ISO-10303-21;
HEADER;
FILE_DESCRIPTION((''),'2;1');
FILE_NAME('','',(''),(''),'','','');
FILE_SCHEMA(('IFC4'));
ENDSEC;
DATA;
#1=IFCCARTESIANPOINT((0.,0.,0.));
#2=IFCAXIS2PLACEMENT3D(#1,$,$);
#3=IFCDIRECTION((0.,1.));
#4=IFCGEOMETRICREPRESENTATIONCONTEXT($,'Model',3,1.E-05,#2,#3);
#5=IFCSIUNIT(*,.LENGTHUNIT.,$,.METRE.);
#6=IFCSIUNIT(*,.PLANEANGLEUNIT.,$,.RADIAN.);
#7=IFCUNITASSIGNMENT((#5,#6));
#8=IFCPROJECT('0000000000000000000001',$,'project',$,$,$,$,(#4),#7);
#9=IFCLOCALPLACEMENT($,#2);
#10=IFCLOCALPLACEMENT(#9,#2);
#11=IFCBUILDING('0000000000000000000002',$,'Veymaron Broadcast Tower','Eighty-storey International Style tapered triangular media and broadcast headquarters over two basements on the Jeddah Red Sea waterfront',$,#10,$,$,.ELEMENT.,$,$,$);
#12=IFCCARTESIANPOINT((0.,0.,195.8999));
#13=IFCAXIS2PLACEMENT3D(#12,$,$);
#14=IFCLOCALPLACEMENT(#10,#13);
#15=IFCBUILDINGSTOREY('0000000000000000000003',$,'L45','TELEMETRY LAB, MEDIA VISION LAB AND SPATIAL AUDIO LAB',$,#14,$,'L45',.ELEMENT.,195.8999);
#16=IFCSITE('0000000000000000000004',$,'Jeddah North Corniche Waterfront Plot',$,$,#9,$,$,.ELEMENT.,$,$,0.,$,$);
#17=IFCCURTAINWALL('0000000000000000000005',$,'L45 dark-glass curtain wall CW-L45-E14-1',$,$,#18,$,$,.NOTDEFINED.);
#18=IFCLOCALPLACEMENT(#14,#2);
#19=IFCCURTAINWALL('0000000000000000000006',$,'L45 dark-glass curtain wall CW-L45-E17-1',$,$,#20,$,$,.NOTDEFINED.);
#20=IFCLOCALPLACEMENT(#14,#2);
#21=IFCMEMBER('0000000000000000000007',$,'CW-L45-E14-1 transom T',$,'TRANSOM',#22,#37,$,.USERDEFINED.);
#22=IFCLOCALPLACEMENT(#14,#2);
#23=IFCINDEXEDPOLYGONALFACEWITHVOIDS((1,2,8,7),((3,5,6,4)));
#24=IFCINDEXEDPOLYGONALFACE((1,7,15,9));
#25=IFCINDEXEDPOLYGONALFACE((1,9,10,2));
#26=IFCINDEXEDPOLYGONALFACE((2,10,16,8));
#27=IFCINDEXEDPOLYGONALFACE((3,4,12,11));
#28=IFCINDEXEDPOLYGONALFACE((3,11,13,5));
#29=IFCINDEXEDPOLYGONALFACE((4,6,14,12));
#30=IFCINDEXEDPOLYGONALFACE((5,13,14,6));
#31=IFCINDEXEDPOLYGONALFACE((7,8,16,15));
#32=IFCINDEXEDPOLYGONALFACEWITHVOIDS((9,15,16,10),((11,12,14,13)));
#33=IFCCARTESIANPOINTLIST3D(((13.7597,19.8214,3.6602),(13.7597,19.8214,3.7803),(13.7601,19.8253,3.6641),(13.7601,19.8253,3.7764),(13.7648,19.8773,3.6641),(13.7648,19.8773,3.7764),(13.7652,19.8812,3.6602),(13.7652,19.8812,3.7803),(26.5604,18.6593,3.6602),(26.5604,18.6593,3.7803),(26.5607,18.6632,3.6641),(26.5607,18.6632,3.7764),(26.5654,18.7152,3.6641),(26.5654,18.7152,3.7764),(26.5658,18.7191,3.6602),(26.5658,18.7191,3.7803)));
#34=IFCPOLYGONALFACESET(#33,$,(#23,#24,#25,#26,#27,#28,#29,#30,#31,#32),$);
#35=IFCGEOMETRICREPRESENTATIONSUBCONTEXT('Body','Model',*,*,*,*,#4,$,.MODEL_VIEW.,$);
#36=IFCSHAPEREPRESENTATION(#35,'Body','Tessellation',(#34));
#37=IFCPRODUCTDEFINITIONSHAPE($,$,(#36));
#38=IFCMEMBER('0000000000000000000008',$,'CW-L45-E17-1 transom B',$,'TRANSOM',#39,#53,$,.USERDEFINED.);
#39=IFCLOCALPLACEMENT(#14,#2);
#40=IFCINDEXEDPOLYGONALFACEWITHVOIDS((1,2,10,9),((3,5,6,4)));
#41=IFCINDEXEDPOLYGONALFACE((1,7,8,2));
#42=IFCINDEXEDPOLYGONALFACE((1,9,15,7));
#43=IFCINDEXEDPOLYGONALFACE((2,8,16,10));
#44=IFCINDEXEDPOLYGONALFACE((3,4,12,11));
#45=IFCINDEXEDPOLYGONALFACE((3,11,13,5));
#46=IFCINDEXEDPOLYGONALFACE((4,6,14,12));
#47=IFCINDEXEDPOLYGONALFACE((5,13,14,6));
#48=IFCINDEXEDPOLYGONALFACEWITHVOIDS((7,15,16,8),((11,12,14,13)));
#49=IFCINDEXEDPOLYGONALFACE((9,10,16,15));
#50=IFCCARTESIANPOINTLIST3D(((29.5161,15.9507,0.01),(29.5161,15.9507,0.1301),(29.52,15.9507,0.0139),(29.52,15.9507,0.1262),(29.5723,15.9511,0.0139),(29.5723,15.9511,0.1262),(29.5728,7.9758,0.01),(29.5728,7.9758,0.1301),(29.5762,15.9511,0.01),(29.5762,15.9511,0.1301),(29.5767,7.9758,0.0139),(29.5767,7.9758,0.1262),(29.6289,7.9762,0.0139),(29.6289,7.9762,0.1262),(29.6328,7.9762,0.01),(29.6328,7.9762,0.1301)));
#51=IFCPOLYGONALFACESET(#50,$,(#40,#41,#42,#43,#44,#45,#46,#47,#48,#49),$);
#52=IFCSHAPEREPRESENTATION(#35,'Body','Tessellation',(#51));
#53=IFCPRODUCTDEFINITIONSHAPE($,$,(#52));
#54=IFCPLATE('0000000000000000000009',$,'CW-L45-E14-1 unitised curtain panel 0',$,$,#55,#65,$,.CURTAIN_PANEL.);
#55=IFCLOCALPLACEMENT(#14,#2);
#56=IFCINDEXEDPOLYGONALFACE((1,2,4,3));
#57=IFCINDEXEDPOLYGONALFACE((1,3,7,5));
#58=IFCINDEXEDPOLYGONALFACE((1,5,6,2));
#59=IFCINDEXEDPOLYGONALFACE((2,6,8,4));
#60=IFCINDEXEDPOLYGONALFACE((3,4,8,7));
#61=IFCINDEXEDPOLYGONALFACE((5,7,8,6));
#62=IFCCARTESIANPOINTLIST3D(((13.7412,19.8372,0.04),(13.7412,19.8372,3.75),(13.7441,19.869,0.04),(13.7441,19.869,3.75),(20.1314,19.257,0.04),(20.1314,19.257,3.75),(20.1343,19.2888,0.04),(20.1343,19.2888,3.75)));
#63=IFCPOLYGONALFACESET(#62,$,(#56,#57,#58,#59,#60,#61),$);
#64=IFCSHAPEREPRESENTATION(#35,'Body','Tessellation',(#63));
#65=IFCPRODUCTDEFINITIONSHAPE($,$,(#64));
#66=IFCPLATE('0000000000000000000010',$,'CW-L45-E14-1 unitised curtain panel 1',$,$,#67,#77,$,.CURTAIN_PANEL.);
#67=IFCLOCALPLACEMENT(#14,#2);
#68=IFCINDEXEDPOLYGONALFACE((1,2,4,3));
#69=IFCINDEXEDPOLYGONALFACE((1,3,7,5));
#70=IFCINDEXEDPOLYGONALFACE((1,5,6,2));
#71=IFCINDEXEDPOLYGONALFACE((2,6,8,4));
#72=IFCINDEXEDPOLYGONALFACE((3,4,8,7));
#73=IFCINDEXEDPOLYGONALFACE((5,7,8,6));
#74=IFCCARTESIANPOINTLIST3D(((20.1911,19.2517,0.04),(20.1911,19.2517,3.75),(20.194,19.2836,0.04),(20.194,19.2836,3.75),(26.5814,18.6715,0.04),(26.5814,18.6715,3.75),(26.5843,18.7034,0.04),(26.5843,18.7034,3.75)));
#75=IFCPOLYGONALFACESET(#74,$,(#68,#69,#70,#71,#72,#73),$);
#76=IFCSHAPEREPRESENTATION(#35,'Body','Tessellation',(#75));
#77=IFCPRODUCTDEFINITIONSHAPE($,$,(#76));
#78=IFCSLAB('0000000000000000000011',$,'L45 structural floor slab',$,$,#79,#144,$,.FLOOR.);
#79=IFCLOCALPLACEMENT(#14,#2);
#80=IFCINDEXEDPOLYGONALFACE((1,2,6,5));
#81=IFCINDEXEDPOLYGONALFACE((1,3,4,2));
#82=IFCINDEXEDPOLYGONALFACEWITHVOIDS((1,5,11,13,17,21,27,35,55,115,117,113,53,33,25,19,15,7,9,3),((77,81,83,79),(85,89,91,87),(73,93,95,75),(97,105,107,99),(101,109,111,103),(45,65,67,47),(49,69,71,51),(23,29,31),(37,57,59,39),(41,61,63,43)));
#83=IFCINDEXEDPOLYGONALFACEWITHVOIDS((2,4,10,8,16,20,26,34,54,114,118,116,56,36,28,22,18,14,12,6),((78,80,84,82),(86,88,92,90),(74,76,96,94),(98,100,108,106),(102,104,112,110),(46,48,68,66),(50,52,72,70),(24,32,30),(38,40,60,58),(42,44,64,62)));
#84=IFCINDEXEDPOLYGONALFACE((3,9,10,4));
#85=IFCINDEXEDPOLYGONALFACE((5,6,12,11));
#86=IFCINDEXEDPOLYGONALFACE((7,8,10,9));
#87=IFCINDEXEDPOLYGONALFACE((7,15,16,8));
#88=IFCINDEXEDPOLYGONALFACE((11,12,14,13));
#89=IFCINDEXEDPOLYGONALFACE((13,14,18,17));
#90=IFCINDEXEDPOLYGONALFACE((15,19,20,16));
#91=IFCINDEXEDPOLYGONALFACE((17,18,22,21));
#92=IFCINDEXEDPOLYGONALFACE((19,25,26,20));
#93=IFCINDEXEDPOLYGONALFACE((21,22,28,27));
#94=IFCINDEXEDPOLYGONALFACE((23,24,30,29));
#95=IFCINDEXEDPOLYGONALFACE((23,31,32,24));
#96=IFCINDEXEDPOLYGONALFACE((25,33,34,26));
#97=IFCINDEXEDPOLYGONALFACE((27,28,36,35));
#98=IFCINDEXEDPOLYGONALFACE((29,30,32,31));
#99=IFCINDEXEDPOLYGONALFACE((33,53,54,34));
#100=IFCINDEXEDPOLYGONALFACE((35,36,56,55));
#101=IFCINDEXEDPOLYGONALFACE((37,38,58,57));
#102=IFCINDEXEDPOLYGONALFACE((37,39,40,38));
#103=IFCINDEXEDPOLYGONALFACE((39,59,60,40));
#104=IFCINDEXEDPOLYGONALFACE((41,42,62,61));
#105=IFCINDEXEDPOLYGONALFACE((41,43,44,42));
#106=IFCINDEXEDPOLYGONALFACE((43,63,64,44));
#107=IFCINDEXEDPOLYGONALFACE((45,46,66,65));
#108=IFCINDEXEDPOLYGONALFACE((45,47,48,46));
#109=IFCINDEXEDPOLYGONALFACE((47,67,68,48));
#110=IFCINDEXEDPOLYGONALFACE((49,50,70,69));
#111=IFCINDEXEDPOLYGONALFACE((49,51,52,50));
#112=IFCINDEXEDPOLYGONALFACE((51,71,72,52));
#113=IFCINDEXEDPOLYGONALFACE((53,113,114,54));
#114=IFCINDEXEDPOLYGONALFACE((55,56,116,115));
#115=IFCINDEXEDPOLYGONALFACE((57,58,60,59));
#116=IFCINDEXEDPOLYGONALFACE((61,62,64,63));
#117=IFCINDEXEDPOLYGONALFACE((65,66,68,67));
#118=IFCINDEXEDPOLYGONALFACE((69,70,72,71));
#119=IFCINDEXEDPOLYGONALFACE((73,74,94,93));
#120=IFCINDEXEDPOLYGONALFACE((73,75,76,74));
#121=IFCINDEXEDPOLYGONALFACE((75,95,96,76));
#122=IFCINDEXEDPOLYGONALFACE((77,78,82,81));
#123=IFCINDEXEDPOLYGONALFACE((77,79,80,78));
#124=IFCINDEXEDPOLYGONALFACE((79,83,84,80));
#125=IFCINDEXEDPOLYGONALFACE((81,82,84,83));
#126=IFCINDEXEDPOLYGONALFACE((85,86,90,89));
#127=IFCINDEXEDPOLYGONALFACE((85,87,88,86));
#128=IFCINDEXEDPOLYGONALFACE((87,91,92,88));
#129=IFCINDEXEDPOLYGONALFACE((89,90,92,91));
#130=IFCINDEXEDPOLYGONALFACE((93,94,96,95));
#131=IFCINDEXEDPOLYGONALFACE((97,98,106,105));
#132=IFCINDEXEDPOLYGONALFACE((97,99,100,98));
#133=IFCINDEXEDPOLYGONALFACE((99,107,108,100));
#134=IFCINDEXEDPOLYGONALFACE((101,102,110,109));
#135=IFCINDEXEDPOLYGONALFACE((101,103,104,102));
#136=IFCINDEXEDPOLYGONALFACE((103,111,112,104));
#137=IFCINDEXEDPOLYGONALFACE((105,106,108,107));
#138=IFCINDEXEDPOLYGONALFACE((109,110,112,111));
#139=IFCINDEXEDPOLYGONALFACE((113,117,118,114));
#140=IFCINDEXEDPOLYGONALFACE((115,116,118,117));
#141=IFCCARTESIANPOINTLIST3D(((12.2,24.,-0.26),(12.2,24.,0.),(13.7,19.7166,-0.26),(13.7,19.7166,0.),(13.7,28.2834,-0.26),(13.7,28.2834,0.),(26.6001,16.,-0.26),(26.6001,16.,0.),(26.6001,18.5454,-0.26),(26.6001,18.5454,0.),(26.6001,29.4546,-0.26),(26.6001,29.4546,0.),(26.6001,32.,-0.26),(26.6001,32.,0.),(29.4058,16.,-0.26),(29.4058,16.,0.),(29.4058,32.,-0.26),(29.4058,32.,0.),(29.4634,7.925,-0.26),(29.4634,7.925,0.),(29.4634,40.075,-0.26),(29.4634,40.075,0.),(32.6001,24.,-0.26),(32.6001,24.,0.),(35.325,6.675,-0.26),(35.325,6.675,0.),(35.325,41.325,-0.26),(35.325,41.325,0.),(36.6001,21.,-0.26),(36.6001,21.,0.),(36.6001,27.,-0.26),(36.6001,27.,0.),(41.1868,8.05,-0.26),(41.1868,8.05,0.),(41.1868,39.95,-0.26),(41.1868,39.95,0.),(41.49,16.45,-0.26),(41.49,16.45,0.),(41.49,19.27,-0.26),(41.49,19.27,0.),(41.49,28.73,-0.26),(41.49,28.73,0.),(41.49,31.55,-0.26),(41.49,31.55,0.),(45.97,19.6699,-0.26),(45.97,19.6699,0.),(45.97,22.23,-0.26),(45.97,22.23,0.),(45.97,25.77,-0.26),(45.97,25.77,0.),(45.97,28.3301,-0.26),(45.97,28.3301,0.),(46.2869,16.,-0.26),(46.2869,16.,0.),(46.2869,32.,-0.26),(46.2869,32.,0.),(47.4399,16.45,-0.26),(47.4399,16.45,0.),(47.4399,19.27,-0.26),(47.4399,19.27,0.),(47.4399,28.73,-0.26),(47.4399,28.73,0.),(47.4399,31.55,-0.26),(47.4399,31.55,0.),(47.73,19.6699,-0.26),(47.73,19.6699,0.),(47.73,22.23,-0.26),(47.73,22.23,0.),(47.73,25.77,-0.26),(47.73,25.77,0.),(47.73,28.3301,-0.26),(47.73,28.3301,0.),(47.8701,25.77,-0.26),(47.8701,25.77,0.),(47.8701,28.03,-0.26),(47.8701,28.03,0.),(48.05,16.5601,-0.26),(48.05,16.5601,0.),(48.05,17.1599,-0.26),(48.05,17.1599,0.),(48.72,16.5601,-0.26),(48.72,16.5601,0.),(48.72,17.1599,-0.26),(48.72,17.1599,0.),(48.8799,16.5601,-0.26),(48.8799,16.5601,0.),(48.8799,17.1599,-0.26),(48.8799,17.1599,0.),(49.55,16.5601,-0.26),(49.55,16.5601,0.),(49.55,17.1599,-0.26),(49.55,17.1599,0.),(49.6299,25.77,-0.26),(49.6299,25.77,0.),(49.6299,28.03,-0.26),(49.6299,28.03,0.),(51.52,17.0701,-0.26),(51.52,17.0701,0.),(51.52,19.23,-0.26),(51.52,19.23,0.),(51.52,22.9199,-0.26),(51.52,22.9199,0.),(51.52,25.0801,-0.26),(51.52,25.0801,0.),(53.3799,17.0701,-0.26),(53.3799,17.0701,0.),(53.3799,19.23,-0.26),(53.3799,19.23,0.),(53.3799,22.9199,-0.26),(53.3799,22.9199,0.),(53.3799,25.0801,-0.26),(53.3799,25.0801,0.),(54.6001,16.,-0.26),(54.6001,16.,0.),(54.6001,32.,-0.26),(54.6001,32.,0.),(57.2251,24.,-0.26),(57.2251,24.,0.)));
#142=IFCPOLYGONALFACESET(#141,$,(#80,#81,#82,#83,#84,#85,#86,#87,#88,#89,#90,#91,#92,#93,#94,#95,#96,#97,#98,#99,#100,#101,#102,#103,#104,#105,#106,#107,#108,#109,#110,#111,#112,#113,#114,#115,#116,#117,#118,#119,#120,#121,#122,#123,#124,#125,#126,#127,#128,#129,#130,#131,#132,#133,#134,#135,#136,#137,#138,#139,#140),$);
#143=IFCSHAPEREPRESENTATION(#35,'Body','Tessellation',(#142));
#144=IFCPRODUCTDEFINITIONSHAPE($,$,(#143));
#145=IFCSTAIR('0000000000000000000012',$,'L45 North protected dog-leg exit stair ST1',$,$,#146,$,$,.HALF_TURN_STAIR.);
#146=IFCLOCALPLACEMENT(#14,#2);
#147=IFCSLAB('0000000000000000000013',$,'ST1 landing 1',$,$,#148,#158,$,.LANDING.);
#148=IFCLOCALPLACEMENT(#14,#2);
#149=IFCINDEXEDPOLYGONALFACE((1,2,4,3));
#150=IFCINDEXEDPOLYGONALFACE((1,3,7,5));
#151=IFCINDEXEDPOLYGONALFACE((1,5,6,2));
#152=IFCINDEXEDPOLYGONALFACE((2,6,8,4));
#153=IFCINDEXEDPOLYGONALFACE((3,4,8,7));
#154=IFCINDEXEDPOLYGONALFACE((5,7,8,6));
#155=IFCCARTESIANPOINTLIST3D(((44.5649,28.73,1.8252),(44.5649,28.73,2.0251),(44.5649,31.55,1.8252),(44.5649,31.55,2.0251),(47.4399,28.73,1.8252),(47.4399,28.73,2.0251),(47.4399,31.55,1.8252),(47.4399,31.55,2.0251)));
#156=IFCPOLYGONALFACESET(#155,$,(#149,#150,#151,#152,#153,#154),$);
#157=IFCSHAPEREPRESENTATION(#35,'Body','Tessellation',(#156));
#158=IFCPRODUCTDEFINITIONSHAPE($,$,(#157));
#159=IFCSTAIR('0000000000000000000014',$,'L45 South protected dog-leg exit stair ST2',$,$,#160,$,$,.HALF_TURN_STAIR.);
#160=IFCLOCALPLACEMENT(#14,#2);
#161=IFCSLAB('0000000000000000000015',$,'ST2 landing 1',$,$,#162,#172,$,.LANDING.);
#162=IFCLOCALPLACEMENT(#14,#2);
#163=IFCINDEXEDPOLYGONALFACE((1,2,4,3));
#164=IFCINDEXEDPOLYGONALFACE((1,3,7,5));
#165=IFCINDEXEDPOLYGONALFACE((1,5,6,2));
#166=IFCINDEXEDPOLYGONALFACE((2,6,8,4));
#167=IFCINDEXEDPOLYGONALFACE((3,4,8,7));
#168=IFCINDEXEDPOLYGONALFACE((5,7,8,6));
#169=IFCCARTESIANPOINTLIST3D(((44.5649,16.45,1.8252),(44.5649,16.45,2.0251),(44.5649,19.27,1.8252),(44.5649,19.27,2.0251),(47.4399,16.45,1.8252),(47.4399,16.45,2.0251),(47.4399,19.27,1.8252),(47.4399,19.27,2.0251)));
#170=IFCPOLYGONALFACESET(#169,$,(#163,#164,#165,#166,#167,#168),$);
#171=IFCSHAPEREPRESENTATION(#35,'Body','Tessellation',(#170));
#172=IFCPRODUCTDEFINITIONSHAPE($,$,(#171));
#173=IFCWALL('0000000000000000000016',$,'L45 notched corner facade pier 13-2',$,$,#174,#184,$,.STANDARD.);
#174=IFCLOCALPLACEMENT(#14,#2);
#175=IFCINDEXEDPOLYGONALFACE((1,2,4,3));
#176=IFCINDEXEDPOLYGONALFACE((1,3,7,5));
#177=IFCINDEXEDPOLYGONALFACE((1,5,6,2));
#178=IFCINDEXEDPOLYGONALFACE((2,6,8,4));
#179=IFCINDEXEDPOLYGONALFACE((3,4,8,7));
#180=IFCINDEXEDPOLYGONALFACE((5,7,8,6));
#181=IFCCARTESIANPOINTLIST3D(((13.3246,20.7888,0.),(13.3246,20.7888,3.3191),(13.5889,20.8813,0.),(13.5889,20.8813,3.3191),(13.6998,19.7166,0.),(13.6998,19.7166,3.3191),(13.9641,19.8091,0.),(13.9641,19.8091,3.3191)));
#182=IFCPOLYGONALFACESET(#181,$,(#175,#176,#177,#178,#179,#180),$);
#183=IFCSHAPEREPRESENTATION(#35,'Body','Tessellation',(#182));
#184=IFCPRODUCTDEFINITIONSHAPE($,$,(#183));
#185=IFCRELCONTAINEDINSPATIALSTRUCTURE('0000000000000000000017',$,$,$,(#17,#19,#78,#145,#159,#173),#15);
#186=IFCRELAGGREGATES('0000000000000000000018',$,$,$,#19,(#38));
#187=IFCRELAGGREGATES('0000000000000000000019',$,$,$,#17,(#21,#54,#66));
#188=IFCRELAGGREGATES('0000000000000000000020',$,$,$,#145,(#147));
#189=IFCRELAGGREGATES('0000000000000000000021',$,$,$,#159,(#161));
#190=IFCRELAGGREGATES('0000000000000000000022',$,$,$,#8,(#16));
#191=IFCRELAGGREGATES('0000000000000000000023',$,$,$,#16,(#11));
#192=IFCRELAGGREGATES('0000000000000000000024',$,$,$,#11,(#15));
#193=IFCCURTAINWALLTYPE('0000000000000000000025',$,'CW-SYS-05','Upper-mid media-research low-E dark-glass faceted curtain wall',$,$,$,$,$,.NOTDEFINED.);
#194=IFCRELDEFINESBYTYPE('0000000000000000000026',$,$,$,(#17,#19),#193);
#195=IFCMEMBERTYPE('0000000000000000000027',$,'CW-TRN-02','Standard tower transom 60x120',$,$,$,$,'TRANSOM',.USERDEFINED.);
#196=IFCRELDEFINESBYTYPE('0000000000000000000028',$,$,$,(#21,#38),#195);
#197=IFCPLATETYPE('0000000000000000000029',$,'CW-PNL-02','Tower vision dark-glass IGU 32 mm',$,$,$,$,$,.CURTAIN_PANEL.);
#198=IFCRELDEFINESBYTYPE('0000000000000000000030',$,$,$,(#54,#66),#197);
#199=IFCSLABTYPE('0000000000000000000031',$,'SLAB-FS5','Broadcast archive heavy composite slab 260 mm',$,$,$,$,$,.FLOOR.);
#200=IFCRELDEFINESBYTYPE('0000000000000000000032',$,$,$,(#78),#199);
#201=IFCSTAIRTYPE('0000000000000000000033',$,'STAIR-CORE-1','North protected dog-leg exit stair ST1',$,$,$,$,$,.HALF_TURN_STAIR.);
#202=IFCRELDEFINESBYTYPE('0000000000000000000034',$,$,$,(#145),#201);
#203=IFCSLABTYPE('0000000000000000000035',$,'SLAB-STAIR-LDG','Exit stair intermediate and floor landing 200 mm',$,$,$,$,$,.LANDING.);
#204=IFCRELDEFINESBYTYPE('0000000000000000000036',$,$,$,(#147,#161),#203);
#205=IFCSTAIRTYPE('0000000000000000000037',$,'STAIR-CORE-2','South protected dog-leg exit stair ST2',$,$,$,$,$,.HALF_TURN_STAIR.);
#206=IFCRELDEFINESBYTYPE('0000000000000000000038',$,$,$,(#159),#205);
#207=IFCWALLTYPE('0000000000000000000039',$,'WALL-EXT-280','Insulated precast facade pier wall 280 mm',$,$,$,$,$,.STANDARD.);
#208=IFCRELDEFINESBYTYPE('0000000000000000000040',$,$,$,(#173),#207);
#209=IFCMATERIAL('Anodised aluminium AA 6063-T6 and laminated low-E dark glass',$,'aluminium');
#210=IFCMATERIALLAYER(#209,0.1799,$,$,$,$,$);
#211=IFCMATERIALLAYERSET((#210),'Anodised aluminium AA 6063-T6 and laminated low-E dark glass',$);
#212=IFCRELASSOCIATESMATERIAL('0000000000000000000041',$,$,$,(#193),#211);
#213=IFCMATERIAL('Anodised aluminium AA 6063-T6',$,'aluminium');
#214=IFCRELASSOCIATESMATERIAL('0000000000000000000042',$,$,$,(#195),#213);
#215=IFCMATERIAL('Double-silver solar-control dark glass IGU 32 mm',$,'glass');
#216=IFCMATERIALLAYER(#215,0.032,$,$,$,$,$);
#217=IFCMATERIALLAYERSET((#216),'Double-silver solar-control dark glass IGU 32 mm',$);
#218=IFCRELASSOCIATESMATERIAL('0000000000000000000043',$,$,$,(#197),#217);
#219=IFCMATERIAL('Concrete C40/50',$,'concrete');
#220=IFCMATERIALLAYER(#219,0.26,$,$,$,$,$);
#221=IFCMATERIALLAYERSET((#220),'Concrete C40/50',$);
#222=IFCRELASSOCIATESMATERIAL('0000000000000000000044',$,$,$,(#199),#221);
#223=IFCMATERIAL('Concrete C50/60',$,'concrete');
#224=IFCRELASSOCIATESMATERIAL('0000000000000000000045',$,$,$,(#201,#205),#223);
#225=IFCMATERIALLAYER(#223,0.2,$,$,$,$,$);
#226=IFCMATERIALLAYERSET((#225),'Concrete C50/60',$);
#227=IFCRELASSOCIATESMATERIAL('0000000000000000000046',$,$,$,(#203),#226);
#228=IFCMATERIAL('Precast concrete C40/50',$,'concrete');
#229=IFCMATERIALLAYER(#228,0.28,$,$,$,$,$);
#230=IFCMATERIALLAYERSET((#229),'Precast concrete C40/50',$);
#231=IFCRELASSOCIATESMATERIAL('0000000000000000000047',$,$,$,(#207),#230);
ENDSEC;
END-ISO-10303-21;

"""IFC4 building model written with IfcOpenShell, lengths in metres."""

from ifc_helpers import new_model, si_unit, direction, frame, frame_2d, origin, origin_2d, place, context, subcontext, project, spatial, polyline, rectangle, hollow_rectangle, outline, extrude, material, layer, layer_set, material_profile, profile_set, type_object, element, aggregate, save


model = new_model("IFC4")

# Units and contexts
model_context = context("Model", 3, precision=1e-05, world=origin(), true_north=direction((0.0, 1.0)))
body_context = subcontext(model_context, "Body", "Model", "MODEL_VIEW")
ifc_project = project(units=[si_unit("LENGTHUNIT", "METRE"), si_unit("PLANEANGLEUNIT", "RADIAN")], contexts=[model_context])

# Site, building, storey
site_placement = place(None, origin())
site = spatial("IfcSite", under=ifc_project, at=site_placement, Name="Jeddah North Corniche Waterfront Plot", CompositionType="ELEMENT", RefElevation=0.0)
building_placement = place(site_placement, origin())
building = spatial("IfcBuilding", under=site, at=building_placement, Name="Veymaron Broadcast Tower", Description="Eighty-storey International Style tapered triangular media and broadcast headquarters over two basements on the Jeddah Red Sea waterfront", CompositionType="ELEMENT")
storey_placement = place(building_placement, frame((0.0, 0.0, 195.8999)))
storey = spatial("IfcBuildingStorey", under=building, at=storey_placement, Name="L45", Description="TELEMETRY LAB, MEDIA VISION LAB AND SPATIAL AUDIO LAB", LongName="L45", CompositionType="ELEMENT", Elevation=195.8999)

# Curtain wall
ifc_material_1 = material(Name="Anodised aluminium AA 6063-T6 and laminated low-E dark glass", Category="aluminium")
ifc_layer_1 = layer(ifc_material_1, 0.1799)
ifc_layer_set_1 = layer_set([ifc_layer_1], Name="Anodised aluminium AA 6063-T6 and laminated low-E dark glass")
curtain_wall_type = type_object("IfcCurtainWallType", Name="CW-SYS-05", Description="Upper-mid media-research low-E dark-glass faceted curtain wall", PredefinedType="NOTDEFINED", material=ifc_layer_set_1)
curtain_wall_1_placement = place(storey_placement, origin())
curtain_wall_1 = element("IfcCurtainWall", 1, at=curtain_wall_1_placement, inside=storey, type_object=curtain_wall_type, Name="L45 dark-glass curtain wall CW-L45-E14-1", PredefinedType="NOTDEFINED")
ifc_material_2 = material(Name="Anodised aluminium AA 6063-T6", Category="aluminium")

# Curtain wall
curtain_wall_2_placement = place(storey_placement, origin())
curtain_wall_2 = element("IfcCurtainWall", 2, at=curtain_wall_2_placement, inside=storey, type_object=curtain_wall_type, Name="L45 dark-glass curtain wall CW-L45-E17-1", PredefinedType="NOTDEFINED")

# Members
ifc_material_profile_1 = material_profile(ifc_material_2, hollow_rectangle(XDim=0.0601, YDim=0.1201, WallThickness=0.0039, at=origin_2d()), Name="AL120X60X4")
ifc_profile_set_1 = profile_set([ifc_material_profile_1], Name="Anodised aluminium AA 6063-T6")
member_type_1 = type_object("IfcMemberType", Name="CW-TRN-02", Description="Standard tower transom 60x120", ElementType="TRANSOM", PredefinedType="USERDEFINED", material=ifc_profile_set_1)
member_1_placement = place(storey_placement, frame((13.7625, 19.8513, 3.7202), z_axis=(0.995904, -0.090414, 0.0), x_axis=(0.090414, 0.995904, 0.0)))
member_1 = element("IfcMember", 3, at=member_1_placement, type_object=member_type_1, Name="CW-L45-E14-1 transom T", ObjectType="TRANSOM", PredefinedType="USERDEFINED", context=body_context, shape_type="SweptSolid", body=[
    extrude(hollow_rectangle(XDim=0.0601, YDim=0.1201, WallThickness=0.0039, at=origin_2d()), origin(), (0.0, 0.0, 1.0), 12.8533),
])
member_2_placement = place(storey_placement, frame((29.5461, 15.9509, 0.0701), z_axis=(0.007102, -0.999975, 0.0), x_axis=(0.999975, 0.007102, 0.0)))
member_2 = element("IfcMember", 4, at=member_2_placement, type_object=member_type_1, Name="CW-L45-E17-1 transom B", ObjectType="TRANSOM", PredefinedType="USERDEFINED", context=body_context, shape_type="SweptSolid", body=[
    extrude(hollow_rectangle(XDim=0.0601, YDim=0.1201, WallThickness=0.0039, at=origin_2d()), origin(), (0.0, 0.0, 1.0), 7.9751),
])
aggregate(curtain_wall_2, [member_2])

# Plates
ifc_material_3 = material(Name="Double-silver solar-control dark glass IGU 32 mm", Category="glass")
ifc_layer_2 = layer(ifc_material_3, 0.032)
ifc_layer_set_2 = layer_set([ifc_layer_2], Name="Double-silver solar-control dark glass IGU 32 mm")
plate_type = type_object("IfcPlateType", Name="CW-PNL-02", Description="Tower vision dark-glass IGU 32 mm", PredefinedType="CURTAIN_PANEL", material=ifc_layer_set_2)
plate_1_placement = place(storey_placement, frame((16.9377, 19.563, 0.04), z_axis=(0.0, 0.0, 1.0), x_axis=(0.995903, -0.090424, 0.0)))
plate_1 = element("IfcPlate", 5, at=plate_1_placement, type_object=plate_type, Name="CW-L45-E14-1 unitised curtain panel 0", PredefinedType="CURTAIN_PANEL", context=body_context, shape_type="SweptSolid", body=[
    extrude(rectangle(XDim=6.4165, YDim=0.032, at=origin_2d()), origin(), (0.0, 0.0, 1.0), 3.71),
])
plate_2_placement = place(storey_placement, frame((23.3877, 18.9775, 0.04), z_axis=(0.0, 0.0, 1.0), x_axis=(0.995903, -0.090424, 0.0)))
plate_2 = element("IfcPlate", 6, at=plate_2_placement, type_object=plate_type, Name="CW-L45-E14-1 unitised curtain panel 1", PredefinedType="CURTAIN_PANEL", context=body_context, shape_type="SweptSolid", body=[
    extrude(rectangle(XDim=6.4165, YDim=0.032, at=origin_2d()), origin(), (0.0, 0.0, 1.0), 3.71),
])
aggregate(curtain_wall_1, [member_1, plate_1, plate_2])

# Slab
ifc_material_4 = material(Name="Concrete C40/50", Category="concrete")
ifc_layer_3 = layer(ifc_material_4, 0.26)
ifc_layer_set_3 = layer_set([ifc_layer_3], Name="Concrete C40/50")
slab_type_1 = type_object("IfcSlabType", Name="SLAB-FS5", Description="Broadcast archive heavy composite slab 260 mm", PredefinedType="FLOOR", material=ifc_layer_set_3)
slab_1_placement = place(storey_placement, frame((0.0, 0.0, -0.26)))
element("IfcSlab", 7, at=slab_1_placement, inside=storey, type_object=slab_type_1, Name="L45 structural floor slab", PredefinedType="FLOOR", context=body_context, shape_type="SweptSolid", body=[
    extrude(outline(polyline([(46.2869, 16.0), (54.6001, 16.0), (57.2251, 24.0), (54.6001, 32.0), (46.2869, 32.0), (41.1868, 39.95), (35.325, 41.325), (29.4634, 40.075), (29.4058, 32.0), (26.6001, 32.0), (26.6001, 29.4546), (13.7, 28.2834), (12.2, 24.0), (13.7, 19.7166), (26.6001, 18.5454), (26.6001, 16.0), (29.4058, 16.0), (29.4634, 7.925), (35.325, 6.675), (41.1868, 8.05), (46.2869, 16.0)]), holes=[polyline([(45.97, 28.3301), (47.73, 28.3301), (47.73, 25.77), (45.97, 25.77), (45.97, 28.3301)]), polyline([(45.97, 22.23), (47.73, 22.23), (47.73, 19.6699), (45.97, 19.6699), (45.97, 22.23)]), polyline([(47.8701, 28.03), (49.6299, 28.03), (49.6299, 25.77), (47.8701, 25.77), (47.8701, 28.03)]), polyline([(51.52, 25.0801), (53.3799, 25.0801), (53.3799, 22.9199), (51.52, 22.9199), (51.52, 25.0801)]), polyline([(51.52, 19.23), (53.3799, 19.23), (53.3799, 17.0701), (51.52, 17.0701), (51.52, 19.23)]), polyline([(48.05, 17.1599), (48.72, 17.1599), (48.72, 16.5601), (48.05, 16.5601), (48.05, 17.1599)]), polyline([(48.8799, 17.1599), (49.55, 17.1599), (49.55, 16.5601), (48.8799, 16.5601), (48.8799, 17.1599)]), polyline([(36.6001, 27.0), (36.6001, 21.0), (32.6001, 24.0), (36.6001, 27.0)]), polyline([(41.49, 31.55), (47.4399, 31.55), (47.4399, 28.73), (41.49, 28.73), (41.49, 31.55)]), polyline([(41.49, 19.27), (47.4399, 19.27), (47.4399, 16.45), (41.49, 16.45), (41.49, 19.27)])]), origin(), (0.0, 0.0, 1.0), 0.26),
])

# Stairs, slabs
ifc_material_5 = material(Name="Concrete C50/60", Category="concrete")
stair_type_1 = type_object("IfcStairType", Name="STAIR-CORE-1", Description="North protected dog-leg exit stair ST1", PredefinedType="HALF_TURN_STAIR", material=ifc_material_5)
stair_1_placement = place(storey_placement, origin())
stair_1 = element("IfcStair", 8, at=stair_1_placement, inside=storey, type_object=stair_type_1, Name="L45 North protected dog-leg exit stair ST1", PredefinedType="HALF_TURN_STAIR")
ifc_layer_4 = layer(ifc_material_5, 0.2)
ifc_layer_set_4 = layer_set([ifc_layer_4], Name="Concrete C50/60")
slab_type_2 = type_object("IfcSlabType", Name="SLAB-STAIR-LDG", Description="Exit stair intermediate and floor landing 200 mm", PredefinedType="LANDING", material=ifc_layer_set_4)
slab_2_placement = place(storey_placement, frame((0.0, 0.0, 1.8252)))
slab_2 = element("IfcSlab", 9, at=slab_2_placement, type_object=slab_type_2, Name="ST1 landing 1", PredefinedType="LANDING", context=body_context, shape_type="SweptSolid", body=[
    extrude(outline(polyline([(44.5649, 28.73), (47.4399, 28.73), (47.4399, 31.55), (44.5649, 31.55), (44.5649, 28.73)])), origin(), (0.0, 0.0, 1.0), 0.2),
])
aggregate(stair_1, [slab_2])
stair_type_2 = type_object("IfcStairType", Name="STAIR-CORE-2", Description="South protected dog-leg exit stair ST2", PredefinedType="HALF_TURN_STAIR", material=ifc_material_5)
stair_2_placement = place(storey_placement, origin())
stair_2 = element("IfcStair", 10, at=stair_2_placement, inside=storey, type_object=stair_type_2, Name="L45 South protected dog-leg exit stair ST2", PredefinedType="HALF_TURN_STAIR")
slab_3_placement = place(storey_placement, frame((0.0, 0.0, 1.8252)))
slab_3 = element("IfcSlab", 11, at=slab_3_placement, type_object=slab_type_2, Name="ST2 landing 1", PredefinedType="LANDING", context=body_context, shape_type="SweptSolid", body=[
    extrude(outline(polyline([(44.5649, 16.45), (47.4399, 16.45), (47.4399, 19.27), (44.5649, 19.27), (44.5649, 16.45)])), origin(), (0.0, 0.0, 1.0), 0.2),
])
aggregate(stair_2, [slab_3])

# Wall
ifc_material_6 = material(Name="Precast concrete C40/50", Category="concrete")
ifc_layer_5 = layer(ifc_material_6, 0.28)
ifc_layer_set_5 = layer_set([ifc_layer_5], Name="Precast concrete C40/50")
wall_type_1 = type_object("IfcWallType", Name="WALL-EXT-280", Description="Insulated precast facade pier wall 280 mm", PredefinedType="STANDARD", material=ifc_layer_set_5)
wall_1_placement = place(storey_placement, frame((13.4568, 20.835, 0.0), z_axis=(0.0, 0.0, 1.0), x_axis=(0.330312, -0.943872, 0.0)))
element("IfcWall", 12, at=wall_1_placement, inside=storey, type_object=wall_type_1, Name="L45 notched corner facade pier 13-2", PredefinedType="STANDARD", context=body_context, shape_type="SweptSolid", body=[
    extrude(rectangle(XDim=1.136, YDim=0.28, at=frame_2d((0.5679, 0.0))), origin(), (0.0, 0.0, 1.0), 3.3191),
])

save(model, "model.ifc")
